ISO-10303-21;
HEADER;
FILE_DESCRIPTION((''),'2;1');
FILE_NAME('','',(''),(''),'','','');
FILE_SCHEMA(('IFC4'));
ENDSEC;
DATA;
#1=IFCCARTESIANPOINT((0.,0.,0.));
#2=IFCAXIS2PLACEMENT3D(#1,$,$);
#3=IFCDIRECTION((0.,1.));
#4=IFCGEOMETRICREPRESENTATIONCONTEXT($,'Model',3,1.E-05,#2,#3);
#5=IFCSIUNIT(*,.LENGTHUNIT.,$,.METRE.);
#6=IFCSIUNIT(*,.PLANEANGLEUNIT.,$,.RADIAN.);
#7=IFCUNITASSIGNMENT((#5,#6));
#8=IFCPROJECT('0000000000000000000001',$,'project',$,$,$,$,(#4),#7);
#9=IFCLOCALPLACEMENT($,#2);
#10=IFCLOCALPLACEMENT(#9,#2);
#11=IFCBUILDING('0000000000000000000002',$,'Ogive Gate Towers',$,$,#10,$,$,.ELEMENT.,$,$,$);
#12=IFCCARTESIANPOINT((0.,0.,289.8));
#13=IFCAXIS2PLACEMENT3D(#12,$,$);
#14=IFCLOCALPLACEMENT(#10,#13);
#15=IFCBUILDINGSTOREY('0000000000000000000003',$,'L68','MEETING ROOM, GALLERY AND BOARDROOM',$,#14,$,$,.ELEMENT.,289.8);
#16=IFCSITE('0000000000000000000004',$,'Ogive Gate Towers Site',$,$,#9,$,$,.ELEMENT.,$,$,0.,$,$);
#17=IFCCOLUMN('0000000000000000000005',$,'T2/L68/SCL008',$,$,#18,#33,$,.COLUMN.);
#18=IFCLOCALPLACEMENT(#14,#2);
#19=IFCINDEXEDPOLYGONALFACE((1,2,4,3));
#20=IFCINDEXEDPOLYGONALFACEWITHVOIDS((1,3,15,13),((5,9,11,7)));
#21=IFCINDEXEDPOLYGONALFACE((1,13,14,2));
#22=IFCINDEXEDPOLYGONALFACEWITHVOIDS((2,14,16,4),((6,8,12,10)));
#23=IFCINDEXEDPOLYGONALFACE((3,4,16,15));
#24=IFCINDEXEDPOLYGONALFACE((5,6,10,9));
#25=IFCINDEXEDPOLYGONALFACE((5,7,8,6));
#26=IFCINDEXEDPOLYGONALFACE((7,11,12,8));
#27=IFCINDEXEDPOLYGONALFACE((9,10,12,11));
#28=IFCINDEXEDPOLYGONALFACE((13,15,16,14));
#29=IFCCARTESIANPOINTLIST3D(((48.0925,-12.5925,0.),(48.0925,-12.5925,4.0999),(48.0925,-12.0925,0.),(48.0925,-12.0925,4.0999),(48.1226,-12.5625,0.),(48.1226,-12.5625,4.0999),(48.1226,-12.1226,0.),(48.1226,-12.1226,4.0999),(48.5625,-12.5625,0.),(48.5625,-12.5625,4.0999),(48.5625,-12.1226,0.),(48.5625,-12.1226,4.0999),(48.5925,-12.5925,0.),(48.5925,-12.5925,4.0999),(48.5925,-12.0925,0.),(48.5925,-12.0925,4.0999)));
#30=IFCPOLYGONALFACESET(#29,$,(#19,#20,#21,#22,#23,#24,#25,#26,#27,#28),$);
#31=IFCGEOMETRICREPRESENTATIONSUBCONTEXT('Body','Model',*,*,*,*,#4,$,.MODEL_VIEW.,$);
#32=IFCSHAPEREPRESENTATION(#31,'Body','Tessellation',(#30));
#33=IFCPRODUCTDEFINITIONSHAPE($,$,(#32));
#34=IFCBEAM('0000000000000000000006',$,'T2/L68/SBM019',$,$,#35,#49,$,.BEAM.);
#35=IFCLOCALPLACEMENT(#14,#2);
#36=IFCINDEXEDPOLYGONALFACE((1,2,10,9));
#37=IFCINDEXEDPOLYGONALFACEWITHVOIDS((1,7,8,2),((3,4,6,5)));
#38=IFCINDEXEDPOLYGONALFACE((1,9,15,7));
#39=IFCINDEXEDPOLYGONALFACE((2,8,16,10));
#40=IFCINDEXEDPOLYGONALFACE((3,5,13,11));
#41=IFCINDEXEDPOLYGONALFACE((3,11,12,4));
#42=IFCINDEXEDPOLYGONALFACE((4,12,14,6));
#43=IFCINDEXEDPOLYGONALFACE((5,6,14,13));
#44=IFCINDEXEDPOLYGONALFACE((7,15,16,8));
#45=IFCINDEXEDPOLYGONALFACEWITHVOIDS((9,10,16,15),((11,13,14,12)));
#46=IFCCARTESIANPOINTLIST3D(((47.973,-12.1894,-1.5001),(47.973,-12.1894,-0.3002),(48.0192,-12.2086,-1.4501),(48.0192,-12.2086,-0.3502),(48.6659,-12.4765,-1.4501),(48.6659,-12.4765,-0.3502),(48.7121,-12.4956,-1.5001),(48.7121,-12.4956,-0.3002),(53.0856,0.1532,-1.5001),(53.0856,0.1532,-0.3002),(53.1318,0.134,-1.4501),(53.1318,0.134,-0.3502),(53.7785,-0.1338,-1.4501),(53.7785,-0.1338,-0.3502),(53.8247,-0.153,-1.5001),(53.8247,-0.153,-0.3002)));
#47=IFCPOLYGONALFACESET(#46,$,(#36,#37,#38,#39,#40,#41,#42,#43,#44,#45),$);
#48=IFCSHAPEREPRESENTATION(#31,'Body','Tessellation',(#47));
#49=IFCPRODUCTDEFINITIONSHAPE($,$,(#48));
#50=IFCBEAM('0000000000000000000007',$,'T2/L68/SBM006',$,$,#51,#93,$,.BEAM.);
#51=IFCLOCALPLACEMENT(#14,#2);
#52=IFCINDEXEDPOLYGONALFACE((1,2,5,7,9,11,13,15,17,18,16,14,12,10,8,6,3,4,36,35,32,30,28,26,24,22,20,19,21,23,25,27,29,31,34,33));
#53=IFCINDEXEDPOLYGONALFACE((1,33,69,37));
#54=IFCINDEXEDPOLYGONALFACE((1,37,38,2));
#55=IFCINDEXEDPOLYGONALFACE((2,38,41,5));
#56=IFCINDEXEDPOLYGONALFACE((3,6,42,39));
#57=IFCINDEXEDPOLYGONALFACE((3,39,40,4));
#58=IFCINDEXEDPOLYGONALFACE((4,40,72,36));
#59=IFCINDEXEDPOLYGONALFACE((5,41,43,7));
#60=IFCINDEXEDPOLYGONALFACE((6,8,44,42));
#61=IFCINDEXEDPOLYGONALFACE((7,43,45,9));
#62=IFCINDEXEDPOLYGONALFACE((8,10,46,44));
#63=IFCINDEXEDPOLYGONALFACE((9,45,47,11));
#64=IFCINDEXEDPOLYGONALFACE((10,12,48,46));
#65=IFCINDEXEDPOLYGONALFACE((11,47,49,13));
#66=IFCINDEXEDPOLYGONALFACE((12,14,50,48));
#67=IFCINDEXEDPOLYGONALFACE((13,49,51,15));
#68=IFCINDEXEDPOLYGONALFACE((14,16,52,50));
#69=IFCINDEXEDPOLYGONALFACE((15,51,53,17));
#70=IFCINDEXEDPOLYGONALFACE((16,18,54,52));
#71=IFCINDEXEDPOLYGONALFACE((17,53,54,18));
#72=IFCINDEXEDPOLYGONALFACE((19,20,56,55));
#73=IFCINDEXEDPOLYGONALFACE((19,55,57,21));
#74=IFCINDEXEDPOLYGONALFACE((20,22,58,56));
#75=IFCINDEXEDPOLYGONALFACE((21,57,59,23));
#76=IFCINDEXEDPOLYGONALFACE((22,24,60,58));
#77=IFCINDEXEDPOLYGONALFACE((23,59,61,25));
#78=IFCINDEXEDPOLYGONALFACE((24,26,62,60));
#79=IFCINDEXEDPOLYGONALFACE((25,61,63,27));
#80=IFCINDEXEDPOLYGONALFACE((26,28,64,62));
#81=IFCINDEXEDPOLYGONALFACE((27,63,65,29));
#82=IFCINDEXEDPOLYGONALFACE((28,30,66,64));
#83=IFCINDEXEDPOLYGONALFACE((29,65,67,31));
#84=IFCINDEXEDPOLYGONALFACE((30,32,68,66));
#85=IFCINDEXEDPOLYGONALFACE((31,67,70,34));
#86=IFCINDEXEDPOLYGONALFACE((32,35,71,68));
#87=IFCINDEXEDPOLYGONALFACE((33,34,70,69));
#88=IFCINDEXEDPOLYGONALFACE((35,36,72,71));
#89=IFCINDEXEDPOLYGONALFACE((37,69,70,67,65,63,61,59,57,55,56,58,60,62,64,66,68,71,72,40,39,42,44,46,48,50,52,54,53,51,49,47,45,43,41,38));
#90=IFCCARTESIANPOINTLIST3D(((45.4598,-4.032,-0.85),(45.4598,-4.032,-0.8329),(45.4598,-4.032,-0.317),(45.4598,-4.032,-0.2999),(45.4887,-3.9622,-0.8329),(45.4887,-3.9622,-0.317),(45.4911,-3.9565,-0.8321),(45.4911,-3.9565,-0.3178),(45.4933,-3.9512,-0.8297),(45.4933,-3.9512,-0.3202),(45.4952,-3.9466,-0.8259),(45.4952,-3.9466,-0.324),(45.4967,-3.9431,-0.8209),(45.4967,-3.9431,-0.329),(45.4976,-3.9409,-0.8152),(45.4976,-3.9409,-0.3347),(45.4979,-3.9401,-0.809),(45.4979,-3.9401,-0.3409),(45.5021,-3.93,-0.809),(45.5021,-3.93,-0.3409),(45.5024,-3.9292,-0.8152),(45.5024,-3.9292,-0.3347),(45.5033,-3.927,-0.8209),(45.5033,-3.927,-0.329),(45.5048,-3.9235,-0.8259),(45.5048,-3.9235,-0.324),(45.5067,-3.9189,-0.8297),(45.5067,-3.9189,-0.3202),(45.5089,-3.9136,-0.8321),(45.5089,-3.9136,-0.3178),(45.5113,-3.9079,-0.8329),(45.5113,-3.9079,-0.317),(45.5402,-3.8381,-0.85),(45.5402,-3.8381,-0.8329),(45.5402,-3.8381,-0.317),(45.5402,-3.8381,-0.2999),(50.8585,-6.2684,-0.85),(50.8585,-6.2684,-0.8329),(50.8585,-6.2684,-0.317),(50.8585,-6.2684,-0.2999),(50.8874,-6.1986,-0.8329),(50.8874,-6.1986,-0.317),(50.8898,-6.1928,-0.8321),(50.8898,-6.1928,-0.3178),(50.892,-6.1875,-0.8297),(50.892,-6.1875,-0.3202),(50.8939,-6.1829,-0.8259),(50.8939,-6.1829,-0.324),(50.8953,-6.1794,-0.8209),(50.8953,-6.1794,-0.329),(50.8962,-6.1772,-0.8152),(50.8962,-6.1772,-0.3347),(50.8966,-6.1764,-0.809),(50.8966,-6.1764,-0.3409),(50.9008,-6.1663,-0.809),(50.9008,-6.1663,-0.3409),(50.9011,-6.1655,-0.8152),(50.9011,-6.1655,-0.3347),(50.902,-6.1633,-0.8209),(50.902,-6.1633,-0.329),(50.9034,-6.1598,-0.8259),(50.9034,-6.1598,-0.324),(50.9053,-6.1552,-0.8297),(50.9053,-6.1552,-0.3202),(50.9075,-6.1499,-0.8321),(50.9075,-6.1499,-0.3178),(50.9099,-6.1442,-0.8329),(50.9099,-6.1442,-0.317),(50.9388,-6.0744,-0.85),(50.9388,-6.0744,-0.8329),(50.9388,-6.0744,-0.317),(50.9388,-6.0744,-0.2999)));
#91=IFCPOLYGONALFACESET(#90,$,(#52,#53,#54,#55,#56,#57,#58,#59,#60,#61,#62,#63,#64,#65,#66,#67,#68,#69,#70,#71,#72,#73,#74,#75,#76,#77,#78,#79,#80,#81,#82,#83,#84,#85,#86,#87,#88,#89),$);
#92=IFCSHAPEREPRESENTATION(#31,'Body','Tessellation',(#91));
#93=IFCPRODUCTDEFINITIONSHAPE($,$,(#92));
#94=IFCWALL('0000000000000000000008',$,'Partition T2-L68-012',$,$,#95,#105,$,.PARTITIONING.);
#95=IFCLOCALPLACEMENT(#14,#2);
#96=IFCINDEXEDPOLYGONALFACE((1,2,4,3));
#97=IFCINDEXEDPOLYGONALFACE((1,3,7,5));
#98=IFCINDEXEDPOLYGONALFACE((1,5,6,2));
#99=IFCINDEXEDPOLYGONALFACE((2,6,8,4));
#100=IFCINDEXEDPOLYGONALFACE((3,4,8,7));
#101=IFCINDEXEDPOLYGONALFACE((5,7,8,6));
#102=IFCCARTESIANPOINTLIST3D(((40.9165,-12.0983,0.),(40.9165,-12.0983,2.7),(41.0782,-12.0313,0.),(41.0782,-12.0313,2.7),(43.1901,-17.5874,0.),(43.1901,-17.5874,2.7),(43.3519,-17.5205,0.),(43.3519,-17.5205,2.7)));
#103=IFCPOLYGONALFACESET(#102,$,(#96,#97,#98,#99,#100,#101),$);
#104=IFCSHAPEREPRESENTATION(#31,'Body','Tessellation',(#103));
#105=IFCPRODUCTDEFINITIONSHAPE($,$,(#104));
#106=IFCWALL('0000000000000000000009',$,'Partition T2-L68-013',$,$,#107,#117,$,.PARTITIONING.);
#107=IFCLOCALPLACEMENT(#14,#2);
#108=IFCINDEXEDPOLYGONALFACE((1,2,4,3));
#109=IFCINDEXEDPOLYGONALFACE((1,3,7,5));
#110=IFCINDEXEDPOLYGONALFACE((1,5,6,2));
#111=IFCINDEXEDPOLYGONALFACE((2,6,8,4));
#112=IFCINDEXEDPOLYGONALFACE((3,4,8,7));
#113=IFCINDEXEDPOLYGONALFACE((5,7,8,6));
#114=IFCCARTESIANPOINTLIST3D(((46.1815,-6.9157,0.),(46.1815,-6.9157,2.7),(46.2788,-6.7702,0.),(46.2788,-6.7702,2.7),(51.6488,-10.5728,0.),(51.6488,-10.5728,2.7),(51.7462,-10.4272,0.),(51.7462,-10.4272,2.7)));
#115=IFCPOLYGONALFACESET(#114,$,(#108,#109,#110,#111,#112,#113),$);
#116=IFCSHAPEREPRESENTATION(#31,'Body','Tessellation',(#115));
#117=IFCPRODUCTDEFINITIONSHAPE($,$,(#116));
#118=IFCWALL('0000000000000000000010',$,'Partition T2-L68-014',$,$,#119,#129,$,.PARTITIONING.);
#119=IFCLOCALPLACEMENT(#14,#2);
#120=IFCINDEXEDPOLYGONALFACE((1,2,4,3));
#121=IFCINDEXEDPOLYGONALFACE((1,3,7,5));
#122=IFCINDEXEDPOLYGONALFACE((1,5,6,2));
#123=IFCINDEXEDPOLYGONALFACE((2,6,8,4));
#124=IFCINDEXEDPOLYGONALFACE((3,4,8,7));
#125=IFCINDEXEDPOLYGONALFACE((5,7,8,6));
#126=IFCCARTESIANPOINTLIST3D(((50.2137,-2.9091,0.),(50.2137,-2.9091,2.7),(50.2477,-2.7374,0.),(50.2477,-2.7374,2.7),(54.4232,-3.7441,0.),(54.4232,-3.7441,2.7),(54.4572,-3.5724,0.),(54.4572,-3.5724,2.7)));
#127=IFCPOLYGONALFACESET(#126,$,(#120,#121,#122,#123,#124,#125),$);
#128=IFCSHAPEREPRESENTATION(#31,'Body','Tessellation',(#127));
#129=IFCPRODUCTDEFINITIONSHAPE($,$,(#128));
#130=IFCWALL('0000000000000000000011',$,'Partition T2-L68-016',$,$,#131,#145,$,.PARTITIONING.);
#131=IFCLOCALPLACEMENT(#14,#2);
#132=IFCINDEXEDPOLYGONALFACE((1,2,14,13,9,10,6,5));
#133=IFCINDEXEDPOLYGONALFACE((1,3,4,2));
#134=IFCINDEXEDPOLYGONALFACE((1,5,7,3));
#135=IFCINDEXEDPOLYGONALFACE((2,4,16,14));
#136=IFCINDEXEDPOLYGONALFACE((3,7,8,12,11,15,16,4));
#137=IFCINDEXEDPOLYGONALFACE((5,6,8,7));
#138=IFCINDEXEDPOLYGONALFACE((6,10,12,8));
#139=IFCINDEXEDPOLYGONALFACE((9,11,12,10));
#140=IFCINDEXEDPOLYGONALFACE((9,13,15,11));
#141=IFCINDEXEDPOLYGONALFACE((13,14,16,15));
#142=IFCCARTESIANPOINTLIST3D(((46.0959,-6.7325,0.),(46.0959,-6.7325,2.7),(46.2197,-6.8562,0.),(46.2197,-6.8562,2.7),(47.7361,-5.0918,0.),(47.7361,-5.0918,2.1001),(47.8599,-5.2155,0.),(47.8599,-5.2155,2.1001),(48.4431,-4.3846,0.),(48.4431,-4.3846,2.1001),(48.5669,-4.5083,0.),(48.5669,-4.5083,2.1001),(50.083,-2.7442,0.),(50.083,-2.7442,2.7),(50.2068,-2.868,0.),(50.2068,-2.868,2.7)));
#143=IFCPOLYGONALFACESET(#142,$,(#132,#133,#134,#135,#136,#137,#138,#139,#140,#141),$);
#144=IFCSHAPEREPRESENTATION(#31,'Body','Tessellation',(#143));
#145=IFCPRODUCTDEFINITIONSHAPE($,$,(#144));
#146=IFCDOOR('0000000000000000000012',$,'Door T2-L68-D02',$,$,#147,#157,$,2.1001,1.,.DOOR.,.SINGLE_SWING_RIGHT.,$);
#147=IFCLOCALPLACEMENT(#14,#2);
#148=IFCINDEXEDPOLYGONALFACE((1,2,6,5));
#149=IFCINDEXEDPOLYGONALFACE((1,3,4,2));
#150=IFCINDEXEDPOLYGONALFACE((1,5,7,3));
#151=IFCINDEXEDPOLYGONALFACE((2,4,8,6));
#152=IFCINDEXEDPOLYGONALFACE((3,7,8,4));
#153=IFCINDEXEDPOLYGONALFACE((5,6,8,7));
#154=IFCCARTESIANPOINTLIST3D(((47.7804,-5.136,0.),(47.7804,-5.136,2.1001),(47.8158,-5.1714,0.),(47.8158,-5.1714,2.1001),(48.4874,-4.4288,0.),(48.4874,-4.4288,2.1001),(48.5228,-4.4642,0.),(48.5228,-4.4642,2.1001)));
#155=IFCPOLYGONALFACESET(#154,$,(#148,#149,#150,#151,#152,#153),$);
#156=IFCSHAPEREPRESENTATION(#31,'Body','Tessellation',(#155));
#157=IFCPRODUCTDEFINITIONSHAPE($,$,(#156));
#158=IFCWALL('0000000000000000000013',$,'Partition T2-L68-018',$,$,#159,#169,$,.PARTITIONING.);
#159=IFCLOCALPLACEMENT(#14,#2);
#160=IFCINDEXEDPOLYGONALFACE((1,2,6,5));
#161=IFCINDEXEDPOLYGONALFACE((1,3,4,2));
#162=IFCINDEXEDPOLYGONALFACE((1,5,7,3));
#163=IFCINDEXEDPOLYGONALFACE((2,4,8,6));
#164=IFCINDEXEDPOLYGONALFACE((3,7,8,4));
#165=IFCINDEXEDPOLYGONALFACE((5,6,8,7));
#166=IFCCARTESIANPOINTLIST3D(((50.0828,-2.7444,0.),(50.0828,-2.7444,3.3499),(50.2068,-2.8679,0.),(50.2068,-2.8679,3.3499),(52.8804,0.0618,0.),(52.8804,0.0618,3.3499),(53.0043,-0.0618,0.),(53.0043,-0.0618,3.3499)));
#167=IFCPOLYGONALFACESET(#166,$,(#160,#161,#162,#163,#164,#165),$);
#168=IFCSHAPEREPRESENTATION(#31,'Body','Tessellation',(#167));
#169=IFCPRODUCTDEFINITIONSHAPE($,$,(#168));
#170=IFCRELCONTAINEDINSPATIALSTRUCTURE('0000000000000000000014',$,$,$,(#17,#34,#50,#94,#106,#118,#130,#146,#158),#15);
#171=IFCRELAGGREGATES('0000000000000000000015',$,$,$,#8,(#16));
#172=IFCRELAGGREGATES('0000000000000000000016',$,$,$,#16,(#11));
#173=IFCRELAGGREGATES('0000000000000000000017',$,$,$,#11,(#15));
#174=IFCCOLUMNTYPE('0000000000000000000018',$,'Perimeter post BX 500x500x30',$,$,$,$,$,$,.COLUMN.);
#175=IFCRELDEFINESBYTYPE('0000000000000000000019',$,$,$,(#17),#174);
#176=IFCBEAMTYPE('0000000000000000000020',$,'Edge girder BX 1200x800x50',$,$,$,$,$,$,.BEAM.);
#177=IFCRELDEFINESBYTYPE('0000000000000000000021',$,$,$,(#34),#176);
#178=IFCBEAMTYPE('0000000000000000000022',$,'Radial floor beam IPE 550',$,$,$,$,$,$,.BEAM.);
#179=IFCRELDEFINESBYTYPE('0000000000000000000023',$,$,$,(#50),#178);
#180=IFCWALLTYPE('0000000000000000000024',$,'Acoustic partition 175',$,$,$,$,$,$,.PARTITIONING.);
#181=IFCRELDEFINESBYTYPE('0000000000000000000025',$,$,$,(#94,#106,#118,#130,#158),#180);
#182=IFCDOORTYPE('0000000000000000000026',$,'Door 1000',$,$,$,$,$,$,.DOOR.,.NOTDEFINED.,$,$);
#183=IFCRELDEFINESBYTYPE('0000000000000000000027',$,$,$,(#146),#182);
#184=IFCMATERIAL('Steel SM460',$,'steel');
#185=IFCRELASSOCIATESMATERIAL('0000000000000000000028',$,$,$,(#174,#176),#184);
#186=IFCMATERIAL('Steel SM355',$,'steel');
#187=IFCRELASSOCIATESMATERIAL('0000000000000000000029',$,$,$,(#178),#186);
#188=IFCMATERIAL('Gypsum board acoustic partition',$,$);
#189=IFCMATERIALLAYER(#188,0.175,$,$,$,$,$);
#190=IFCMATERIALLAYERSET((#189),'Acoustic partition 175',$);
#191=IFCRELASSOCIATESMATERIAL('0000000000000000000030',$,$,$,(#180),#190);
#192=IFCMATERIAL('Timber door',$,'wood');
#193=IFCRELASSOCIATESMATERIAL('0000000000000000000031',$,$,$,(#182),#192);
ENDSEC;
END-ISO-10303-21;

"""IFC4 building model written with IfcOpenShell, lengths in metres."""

from ifc_helpers import new_model, si_unit, direction, frame, frame_2d, origin, origin_2d, place, context, subcontext, project, spatial, rectangle, hollow_rectangle, i_section, extrude, material, layer, layer_set, material_profile, profile_set, type_object, element, fill, save


model = new_model("IFC4")

# Units and contexts
model_context = context("Model", 3, precision=1e-05, world=origin(), true_north=direction((0.0, 1.0)))
body_context = subcontext(model_context, "Body", "Model", "MODEL_VIEW")
ifc_project = project(units=[si_unit("LENGTHUNIT", "METRE"), si_unit("PLANEANGLEUNIT", "RADIAN")], contexts=[model_context])

# Site, building, storey
site_placement = place(None, origin())
site = spatial("IfcSite", under=ifc_project, at=site_placement, Name="Ogive Gate Towers Site", CompositionType="ELEMENT", RefElevation=0.0)
building_placement = place(site_placement, origin())
building = spatial("IfcBuilding", under=site, at=building_placement, Name="Ogive Gate Towers", CompositionType="ELEMENT")
storey_placement = place(building_placement, frame((0.0, 0.0, 289.8)))
storey = spatial("IfcBuildingStorey", under=building, at=storey_placement, Name="L68", Description="MEETING ROOM, GALLERY AND BOARDROOM", CompositionType="ELEMENT", Elevation=289.8)

# Column
ifc_material_1 = material(Name="Steel SM460", Category="steel")
ifc_material_profile_1 = material_profile(ifc_material_1, hollow_rectangle(XDim=0.5, YDim=0.5, WallThickness=0.03, at=origin_2d()), Name="BX 500x500x30")
ifc_profile_set_1 = profile_set([ifc_material_profile_1], Name="Steel SM460")
column_type = type_object("IfcColumnType", Name="Perimeter post BX 500x500x30", PredefinedType="COLUMN", material=ifc_profile_set_1)
column_placement = place(storey_placement, frame((48.3425, -12.3425, 0.0), z_axis=(0.0, 0.0, 1.0), x_axis=(1.0, 0.0, 0.0)))
element("IfcColumn", 1, at=column_placement, inside=storey, type_object=column_type, Name="T2/L68/SCL008", PredefinedType="COLUMN", context=body_context, shape_type="SweptSolid", body=[
    extrude(hollow_rectangle(XDim=0.5, YDim=0.5, WallThickness=0.03, at=origin_2d()), origin(), (0.0, 0.0, 1.0), 4.0999),
])

# Beams
ifc_material_profile_2 = material_profile(ifc_material_1, hollow_rectangle(XDim=0.8, YDim=1.2, WallThickness=0.05, at=origin_2d()), Name="BX 1200x800x50")
ifc_profile_set_2 = profile_set([ifc_material_profile_2], Name="Steel SM460")
beam_type_1 = type_object("IfcBeamType", Name="Edge girder BX 1200x800x50", PredefinedType="BEAM", material=ifc_profile_set_2)
beam_1_placement = place(storey_placement, frame((48.3425, -12.3425, -0.9001), z_axis=(0.38269, 0.923877, 0.0), x_axis=(-0.923877, 0.38269, 0.0)))
element("IfcBeam", 2, at=beam_1_placement, inside=storey, type_object=beam_type_1, Name="T2/L68/SBM019", PredefinedType="BEAM", context=body_context, shape_type="SweptSolid", body=[
    extrude(hollow_rectangle(XDim=0.8, YDim=1.2, WallThickness=0.05, at=origin_2d()), origin(), (0.0, 0.0, 1.0), 13.3596),
])
ifc_material_2 = material(Name="Steel SM355", Category="steel")
ifc_material_profile_3 = material_profile(ifc_material_2, i_section(OverallWidth=0.21, OverallDepth=0.55, WebThickness=0.011, FlangeThickness=0.0171, FilletRadius=0.0239, at=origin_2d()), Name="IPE 550")
ifc_profile_set_3 = profile_set([ifc_material_profile_3], Name="Steel SM355")
beam_type_2 = type_object("IfcBeamType", Name="Radial floor beam IPE 550", PredefinedType="BEAM", material=ifc_profile_set_3)
beam_2_placement = place(storey_placement, frame((45.5, -3.9351, -0.575), z_axis=(0.923872, -0.382701, 0.0), x_axis=(0.382701, 0.923872, 0.0)))
element("IfcBeam", 3, at=beam_2_placement, inside=storey, type_object=beam_type_2, Name="T2/L68/SBM006", PredefinedType="BEAM", context=body_context, shape_type="SweptSolid", body=[
    extrude(i_section(OverallWidth=0.21, OverallDepth=0.55, WebThickness=0.011, FlangeThickness=0.0171, FilletRadius=0.0239, at=origin_2d()), origin(), (0.0, 0.0, 1.0), 5.8435),
])

# Walls
ifc_material_3 = material(Name="Gypsum board acoustic partition")
ifc_layer_1 = layer(ifc_material_3, 0.175)
ifc_layer_set_1 = layer_set([ifc_layer_1], Name="Acoustic partition 175")
wall_type_1 = type_object("IfcWallType", Name="Acoustic partition 175", PredefinedType="PARTITIONING", material=ifc_layer_set_1)
wall_1_placement = place(storey_placement, frame((43.271, -17.554, 0.0), z_axis=(0.0, 0.0, 1.0), x_axis=(-0.382677, 0.923882, 0.0)))
element("IfcWall", 4, at=wall_1_placement, inside=storey, type_object=wall_type_1, Name="Partition T2-L68-012", PredefinedType="PARTITIONING", context=body_context, shape_type="SweptSolid", body=[
    extrude(rectangle(XDim=5.9414, YDim=0.175, at=frame_2d((2.9707, 0.0))), origin(), (0.0, 0.0, 1.0), 2.7),
])
wall_2_placement = place(storey_placement, frame((51.6975, -10.5, 0.0), z_axis=(0.0, 0.0, 1.0), x_axis=(-0.831198, 0.555976, 0.0)))
element("IfcWall", 5, at=wall_2_placement, inside=storey, type_object=wall_type_1, Name="Partition T2-L68-013", PredefinedType="PARTITIONING", context=body_context, shape_type="SweptSolid", body=[
    extrude(rectangle(XDim=6.5776, YDim=0.175, at=frame_2d((3.2888, 0.0))), origin(), (0.0, 0.0, 1.0), 2.7),
])
wall_3_placement = place(storey_placement, frame((54.4402, -3.6582, 0.0), z_axis=(0.0, 0.0, 1.0), x_axis=(-0.98089, 0.194562, 0.0)))
element("IfcWall", 6, at=wall_3_placement, inside=storey, type_object=wall_type_1, Name="Partition T2-L68-014", PredefinedType="PARTITIONING", context=body_context, shape_type="SweptSolid", body=[
    extrude(rectangle(XDim=4.2915, YDim=0.175, at=frame_2d((2.1458, 0.0))), origin(), (0.0, 0.0, 1.0), 2.7),
])

# Wall, opening, door
wall_4_placement = place(storey_placement, frame((46.1577, -6.7944, 0.0), z_axis=(0.0, 0.0, 1.0), x_axis=(0.706999, 0.707215, 0.0)))
wall_4 = element("IfcWall", 7, at=wall_4_placement, inside=storey, type_object=wall_type_1, Name="Partition T2-L68-016", PredefinedType="PARTITIONING", context=body_context, shape_type="SweptSolid", body=[
    extrude(rectangle(XDim=5.6394, YDim=0.175, at=frame_2d((2.8198, 0.0))), origin(), (0.0, 0.0, 1.0), 2.7),
])
opening_1_placement = place(wall_4_placement, frame((2.3201, 0.0, 0.0)))
opening_1 = element("IfcOpeningElement", 8, at=opening_1_placement, cuts=wall_4, PredefinedType="OPENING", context=body_context, shape_type="SweptSolid", body=[
    extrude(rectangle(XDim=1.0, YDim=2.1001, at=frame_2d((0.5, 1.05))), frame((0.0, 0.0977, 0.0), z_axis=(0.0, -1.0, 0.0), x_axis=(1.0, 0.0, 0.0)), (0.0, 0.0, 1.0), 0.1951),
])
ifc_material_4 = material(Name="Timber door", Category="wood")
door_type_1 = type_object("IfcDoorType", Name="Door 1000", OperationType="NOTDEFINED", PredefinedType="DOOR", material=ifc_material_4)
door_1_placement = place(opening_1_placement, origin())
door_1 = element("IfcDoor", 9, at=door_1_placement, inside=storey, type_object=door_type_1, Name="Door T2-L68-D02", OperationType="SINGLE_SWING_RIGHT", OverallHeight=2.1001, OverallWidth=1.0, PredefinedType="DOOR", context=body_context, shape_type="SweptSolid", body=[
    extrude(rectangle(XDim=1.0, YDim=2.1001, at=frame_2d((0.5, 1.05))), frame((0.0, 0.0249, 0.0), z_axis=(0.0, -1.0, 0.0), x_axis=(1.0, 0.0, 0.0)), (0.0, 0.0, 1.0), 0.05),
])
fill(opening_1, door_1)

# Wall
wall_5_placement = place(storey_placement, frame((50.1448, -2.8062, 0.0), z_axis=(0.0, 0.0, 1.0), x_axis=(0.706028, 0.708184, 0.0)))
element("IfcWall", 10, at=wall_5_placement, inside=storey, type_object=wall_type_1, Name="Partition T2-L68-018", PredefinedType="PARTITIONING", context=body_context, shape_type="SweptSolid", body=[
    extrude(rectangle(XDim=3.9624, YDim=0.175, at=frame_2d((1.9812, 0.0))), origin(), (0.0, 0.0, 1.0), 3.3499),
])

save(model, "model.ifc")
